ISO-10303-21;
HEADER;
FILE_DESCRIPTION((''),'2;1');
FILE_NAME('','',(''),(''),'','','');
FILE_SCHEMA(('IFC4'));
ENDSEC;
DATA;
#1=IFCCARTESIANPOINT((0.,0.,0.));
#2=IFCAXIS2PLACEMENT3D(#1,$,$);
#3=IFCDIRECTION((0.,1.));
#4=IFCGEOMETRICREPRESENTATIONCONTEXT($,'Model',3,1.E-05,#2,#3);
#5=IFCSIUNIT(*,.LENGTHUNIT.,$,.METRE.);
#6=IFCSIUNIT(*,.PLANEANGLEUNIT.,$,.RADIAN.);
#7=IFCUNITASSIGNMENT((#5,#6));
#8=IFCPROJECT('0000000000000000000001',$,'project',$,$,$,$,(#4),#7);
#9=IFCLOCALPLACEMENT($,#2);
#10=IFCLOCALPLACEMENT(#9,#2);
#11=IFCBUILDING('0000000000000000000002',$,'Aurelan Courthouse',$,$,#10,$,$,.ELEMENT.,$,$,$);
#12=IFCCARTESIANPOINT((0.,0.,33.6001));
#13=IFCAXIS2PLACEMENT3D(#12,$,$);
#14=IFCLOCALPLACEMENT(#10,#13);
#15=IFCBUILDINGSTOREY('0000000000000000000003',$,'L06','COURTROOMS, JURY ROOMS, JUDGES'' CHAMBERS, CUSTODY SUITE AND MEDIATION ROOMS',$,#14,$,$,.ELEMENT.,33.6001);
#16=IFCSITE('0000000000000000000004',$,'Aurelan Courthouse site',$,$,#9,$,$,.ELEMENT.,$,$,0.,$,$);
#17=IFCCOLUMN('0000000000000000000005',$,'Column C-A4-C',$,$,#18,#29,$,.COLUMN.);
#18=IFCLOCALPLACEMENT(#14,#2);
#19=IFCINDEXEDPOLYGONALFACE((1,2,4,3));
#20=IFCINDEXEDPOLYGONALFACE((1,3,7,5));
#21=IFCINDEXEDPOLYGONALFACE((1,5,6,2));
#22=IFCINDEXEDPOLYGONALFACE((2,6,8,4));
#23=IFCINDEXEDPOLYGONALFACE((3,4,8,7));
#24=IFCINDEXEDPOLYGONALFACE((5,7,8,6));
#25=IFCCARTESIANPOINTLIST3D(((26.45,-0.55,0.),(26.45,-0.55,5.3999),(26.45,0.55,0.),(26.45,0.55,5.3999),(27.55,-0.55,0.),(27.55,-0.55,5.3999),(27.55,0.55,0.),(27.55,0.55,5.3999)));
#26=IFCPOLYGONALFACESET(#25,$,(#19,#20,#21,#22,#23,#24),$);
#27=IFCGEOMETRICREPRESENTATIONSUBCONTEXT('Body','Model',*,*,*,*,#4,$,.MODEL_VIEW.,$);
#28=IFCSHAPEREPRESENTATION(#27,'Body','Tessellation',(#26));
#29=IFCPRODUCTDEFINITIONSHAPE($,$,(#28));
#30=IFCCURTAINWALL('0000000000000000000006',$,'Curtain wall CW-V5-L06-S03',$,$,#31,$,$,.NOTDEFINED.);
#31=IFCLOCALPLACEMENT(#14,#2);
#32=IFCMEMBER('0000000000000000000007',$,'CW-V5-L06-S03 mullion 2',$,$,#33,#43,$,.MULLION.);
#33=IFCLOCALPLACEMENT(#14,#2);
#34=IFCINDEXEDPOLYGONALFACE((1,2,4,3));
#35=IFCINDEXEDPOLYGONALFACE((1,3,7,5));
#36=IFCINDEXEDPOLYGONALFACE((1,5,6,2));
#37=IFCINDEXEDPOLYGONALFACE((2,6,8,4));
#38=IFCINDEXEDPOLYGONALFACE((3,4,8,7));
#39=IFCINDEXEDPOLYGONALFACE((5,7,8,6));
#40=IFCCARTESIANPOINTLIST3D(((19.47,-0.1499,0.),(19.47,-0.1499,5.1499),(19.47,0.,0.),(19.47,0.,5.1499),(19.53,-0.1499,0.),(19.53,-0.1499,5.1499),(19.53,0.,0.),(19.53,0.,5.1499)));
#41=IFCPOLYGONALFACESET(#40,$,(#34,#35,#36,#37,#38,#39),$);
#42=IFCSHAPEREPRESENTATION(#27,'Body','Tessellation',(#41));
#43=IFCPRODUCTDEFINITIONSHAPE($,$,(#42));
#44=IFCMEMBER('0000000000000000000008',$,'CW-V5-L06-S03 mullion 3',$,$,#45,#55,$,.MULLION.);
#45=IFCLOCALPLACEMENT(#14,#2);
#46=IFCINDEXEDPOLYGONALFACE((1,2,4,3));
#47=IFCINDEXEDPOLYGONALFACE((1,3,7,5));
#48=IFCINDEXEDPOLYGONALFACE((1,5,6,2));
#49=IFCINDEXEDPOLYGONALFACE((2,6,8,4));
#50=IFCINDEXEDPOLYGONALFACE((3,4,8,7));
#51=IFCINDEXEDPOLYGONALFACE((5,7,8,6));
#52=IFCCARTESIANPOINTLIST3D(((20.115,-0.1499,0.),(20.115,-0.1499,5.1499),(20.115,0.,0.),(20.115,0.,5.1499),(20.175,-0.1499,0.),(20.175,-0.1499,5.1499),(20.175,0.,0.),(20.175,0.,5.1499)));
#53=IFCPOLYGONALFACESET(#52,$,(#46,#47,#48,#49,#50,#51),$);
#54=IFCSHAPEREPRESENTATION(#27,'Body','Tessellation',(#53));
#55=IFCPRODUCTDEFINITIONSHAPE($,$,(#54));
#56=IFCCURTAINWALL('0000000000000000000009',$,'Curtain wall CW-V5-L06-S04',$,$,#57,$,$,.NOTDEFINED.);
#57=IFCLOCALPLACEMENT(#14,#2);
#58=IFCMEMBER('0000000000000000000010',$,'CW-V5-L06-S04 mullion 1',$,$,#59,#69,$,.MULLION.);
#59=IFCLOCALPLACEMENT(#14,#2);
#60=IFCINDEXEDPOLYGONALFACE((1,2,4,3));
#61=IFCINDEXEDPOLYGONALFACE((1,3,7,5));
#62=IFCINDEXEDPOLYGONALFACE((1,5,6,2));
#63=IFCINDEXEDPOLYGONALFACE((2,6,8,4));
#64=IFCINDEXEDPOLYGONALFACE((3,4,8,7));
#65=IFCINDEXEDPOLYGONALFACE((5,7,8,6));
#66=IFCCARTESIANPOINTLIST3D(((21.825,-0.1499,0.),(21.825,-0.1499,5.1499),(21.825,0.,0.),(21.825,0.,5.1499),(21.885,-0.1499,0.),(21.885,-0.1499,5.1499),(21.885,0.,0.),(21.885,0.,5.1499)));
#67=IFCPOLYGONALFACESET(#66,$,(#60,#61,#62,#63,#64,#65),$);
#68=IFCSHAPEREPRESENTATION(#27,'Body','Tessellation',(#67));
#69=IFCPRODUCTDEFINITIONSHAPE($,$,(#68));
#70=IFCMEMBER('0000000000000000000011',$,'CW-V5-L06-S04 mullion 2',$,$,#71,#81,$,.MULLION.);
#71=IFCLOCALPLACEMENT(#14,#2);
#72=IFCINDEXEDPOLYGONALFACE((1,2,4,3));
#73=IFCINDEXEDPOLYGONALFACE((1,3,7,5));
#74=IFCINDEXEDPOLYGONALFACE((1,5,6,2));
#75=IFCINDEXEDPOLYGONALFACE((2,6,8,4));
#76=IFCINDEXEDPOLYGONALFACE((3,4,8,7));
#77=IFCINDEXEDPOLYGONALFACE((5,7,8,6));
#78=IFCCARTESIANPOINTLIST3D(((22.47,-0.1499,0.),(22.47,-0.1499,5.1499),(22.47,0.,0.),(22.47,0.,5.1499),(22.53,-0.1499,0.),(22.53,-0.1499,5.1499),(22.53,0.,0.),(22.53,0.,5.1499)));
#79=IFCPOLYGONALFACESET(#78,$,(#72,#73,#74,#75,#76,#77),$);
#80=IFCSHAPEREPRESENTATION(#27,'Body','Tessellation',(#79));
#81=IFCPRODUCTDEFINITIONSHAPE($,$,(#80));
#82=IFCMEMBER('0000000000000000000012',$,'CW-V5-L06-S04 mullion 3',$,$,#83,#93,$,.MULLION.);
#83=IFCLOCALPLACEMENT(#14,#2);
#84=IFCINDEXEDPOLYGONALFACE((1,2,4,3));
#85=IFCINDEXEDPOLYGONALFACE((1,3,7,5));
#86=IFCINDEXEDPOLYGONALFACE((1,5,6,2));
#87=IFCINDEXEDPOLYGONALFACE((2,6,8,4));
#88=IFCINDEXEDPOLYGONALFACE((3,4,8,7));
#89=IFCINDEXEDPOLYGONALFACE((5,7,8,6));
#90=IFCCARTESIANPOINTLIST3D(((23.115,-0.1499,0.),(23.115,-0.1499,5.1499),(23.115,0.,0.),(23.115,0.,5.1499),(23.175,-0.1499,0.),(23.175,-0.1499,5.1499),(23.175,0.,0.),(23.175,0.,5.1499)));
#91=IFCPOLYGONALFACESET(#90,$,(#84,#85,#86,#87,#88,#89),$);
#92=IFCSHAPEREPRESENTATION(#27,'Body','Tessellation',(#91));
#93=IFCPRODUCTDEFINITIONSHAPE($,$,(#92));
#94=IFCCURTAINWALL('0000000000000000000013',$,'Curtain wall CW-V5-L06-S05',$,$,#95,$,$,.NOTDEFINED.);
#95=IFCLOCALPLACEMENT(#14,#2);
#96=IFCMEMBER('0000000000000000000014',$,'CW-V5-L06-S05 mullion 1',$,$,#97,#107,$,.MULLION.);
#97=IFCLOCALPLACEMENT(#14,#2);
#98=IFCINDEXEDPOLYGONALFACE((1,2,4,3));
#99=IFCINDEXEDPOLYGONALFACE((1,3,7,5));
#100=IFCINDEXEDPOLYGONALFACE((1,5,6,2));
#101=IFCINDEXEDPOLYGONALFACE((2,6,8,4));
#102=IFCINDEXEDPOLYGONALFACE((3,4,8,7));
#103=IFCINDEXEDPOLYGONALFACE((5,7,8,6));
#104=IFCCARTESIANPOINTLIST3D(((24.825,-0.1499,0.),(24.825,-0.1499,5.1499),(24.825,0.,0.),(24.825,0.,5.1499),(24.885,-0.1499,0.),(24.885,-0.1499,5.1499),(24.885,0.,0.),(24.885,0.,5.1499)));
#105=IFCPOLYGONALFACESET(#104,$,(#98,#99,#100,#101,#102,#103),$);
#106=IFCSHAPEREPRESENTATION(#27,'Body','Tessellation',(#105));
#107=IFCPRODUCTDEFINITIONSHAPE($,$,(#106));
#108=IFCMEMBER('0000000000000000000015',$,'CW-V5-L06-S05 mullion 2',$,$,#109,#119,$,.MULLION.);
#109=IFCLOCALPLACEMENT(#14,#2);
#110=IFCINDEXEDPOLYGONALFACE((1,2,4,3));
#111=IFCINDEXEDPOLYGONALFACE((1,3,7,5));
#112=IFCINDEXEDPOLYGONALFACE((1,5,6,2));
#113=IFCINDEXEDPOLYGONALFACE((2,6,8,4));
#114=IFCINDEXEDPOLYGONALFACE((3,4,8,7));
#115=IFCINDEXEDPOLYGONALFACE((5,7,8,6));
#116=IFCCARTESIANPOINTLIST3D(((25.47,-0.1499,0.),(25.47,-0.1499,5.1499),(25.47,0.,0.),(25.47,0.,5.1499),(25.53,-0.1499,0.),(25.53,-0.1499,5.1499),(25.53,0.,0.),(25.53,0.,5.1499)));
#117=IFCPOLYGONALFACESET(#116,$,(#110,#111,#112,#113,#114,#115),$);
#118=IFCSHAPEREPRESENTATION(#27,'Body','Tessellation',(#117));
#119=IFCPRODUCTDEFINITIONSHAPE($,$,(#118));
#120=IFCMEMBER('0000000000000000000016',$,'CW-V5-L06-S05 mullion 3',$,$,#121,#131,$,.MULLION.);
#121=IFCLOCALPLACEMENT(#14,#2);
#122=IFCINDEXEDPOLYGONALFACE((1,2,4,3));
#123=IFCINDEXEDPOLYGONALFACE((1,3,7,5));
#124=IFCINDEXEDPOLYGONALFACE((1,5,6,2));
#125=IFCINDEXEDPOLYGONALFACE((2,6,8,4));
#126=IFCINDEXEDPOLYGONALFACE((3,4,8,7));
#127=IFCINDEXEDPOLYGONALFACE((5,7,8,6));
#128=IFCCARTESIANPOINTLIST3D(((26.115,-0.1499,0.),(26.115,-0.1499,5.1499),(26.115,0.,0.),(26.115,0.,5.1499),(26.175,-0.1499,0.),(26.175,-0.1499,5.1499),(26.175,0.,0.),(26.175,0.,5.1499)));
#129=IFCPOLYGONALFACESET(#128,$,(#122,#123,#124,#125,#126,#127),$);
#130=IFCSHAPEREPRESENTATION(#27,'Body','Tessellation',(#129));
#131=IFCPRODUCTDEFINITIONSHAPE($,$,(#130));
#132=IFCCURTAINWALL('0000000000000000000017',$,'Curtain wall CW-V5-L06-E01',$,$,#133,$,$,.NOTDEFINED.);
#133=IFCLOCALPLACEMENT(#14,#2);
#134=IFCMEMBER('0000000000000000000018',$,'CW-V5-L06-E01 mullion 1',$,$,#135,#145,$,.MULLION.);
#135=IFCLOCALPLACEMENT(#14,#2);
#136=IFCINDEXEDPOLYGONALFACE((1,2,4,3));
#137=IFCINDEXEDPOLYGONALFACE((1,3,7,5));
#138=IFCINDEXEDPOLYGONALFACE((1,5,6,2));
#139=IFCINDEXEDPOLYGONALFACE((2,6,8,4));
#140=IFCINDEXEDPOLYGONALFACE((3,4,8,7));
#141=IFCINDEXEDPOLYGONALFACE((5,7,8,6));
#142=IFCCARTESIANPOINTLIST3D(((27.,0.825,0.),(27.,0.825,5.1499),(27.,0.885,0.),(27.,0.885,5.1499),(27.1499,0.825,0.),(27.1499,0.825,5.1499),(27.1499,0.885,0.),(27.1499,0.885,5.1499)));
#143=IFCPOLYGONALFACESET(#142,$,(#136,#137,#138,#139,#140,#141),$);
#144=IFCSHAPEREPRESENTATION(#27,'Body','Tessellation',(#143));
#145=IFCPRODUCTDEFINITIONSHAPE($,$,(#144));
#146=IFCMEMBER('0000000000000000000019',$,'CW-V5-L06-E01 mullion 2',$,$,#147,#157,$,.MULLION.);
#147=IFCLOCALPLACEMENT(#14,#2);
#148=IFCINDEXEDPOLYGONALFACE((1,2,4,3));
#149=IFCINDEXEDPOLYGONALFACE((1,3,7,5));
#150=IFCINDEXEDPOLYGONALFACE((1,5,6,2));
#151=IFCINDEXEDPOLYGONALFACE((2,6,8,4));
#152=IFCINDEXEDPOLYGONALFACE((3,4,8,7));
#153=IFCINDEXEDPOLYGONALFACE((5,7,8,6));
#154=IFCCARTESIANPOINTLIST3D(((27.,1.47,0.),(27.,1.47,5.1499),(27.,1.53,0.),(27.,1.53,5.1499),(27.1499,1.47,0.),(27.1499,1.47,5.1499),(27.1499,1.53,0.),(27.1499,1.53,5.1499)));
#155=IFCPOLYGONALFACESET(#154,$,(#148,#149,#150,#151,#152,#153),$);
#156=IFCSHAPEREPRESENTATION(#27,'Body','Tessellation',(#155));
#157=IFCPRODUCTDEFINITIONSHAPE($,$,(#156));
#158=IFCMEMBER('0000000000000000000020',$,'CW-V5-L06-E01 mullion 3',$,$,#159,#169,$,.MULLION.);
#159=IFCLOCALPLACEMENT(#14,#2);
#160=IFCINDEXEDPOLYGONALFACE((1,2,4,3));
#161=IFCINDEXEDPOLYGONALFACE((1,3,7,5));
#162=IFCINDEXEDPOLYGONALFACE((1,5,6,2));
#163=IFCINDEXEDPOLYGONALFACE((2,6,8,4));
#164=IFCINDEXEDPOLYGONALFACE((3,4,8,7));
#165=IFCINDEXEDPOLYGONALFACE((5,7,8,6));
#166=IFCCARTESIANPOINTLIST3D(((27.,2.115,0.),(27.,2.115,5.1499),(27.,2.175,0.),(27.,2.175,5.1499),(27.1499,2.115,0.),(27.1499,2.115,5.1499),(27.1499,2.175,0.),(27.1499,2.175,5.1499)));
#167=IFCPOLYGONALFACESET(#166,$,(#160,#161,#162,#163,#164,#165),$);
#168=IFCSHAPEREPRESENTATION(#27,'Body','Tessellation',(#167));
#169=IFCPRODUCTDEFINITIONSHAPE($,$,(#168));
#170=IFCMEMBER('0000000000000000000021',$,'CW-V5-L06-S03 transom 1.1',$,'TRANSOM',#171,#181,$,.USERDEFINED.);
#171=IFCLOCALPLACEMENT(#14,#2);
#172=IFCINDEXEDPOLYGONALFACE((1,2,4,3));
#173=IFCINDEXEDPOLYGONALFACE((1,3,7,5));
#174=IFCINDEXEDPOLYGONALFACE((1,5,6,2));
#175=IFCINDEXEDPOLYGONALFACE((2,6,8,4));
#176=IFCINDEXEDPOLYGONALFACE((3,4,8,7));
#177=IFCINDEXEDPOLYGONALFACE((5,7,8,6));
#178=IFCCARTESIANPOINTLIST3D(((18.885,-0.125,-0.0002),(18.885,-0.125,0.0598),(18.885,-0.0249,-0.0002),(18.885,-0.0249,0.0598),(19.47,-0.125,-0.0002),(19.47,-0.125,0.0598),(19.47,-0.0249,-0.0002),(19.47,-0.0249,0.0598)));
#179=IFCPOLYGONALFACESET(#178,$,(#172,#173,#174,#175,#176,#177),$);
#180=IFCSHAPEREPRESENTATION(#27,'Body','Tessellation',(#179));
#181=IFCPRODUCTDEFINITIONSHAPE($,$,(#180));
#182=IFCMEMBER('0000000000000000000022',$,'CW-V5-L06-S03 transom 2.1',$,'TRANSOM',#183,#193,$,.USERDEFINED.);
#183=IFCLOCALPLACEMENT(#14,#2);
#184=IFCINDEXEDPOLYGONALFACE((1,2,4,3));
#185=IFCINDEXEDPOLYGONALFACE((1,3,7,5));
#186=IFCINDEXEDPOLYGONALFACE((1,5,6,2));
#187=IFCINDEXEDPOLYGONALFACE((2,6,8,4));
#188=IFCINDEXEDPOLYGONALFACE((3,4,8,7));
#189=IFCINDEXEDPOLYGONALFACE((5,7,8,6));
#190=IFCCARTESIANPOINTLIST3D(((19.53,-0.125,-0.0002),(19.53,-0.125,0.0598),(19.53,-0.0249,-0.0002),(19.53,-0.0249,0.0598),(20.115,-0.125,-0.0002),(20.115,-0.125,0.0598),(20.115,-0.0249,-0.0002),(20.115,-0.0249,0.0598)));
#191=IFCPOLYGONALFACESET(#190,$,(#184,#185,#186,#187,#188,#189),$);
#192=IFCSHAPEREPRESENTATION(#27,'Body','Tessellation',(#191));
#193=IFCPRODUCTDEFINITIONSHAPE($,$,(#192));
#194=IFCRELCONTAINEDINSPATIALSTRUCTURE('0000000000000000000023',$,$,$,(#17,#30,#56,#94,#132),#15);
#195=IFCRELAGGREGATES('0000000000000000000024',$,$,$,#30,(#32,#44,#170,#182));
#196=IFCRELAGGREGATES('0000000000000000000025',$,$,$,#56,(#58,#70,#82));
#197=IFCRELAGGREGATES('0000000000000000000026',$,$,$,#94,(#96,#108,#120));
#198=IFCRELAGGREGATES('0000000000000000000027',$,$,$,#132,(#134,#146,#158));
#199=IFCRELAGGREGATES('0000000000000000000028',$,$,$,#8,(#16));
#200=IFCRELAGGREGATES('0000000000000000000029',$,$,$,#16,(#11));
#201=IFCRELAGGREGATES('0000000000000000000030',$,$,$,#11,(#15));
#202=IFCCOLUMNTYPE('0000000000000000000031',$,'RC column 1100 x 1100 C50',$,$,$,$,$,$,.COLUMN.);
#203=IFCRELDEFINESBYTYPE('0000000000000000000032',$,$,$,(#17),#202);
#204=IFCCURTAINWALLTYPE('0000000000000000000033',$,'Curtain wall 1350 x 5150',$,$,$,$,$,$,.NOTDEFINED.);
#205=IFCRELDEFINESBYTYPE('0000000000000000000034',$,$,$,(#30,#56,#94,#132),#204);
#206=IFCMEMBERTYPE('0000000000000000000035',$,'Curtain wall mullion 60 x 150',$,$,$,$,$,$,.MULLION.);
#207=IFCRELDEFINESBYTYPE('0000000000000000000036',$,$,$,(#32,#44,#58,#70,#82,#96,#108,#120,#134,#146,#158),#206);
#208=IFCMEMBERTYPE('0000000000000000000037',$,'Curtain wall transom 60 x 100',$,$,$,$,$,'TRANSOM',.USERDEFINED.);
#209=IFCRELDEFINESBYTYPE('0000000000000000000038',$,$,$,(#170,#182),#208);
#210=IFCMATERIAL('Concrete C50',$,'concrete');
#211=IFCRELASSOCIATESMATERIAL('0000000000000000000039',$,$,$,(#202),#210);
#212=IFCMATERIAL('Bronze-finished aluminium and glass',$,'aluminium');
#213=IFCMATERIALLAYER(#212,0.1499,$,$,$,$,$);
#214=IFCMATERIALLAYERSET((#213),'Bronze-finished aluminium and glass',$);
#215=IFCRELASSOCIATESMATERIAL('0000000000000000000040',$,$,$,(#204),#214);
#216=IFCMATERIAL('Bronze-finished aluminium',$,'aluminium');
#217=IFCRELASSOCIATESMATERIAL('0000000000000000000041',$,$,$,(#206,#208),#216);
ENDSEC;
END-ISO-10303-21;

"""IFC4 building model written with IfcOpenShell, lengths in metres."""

from ifc_helpers import new_model, si_unit, direction, frame, origin, origin_2d, place, context, subcontext, project, spatial, rectangle, extrude, material, layer, layer_set, material_profile, profile_set, type_object, element, aggregate, save


model = new_model("IFC4")

# Units and contexts
model_context = context("Model", 3, precision=1e-05, world=origin(), true_north=direction((0.0, 1.0)))
body_context = subcontext(model_context, "Body", "Model", "MODEL_VIEW")
ifc_project = project(units=[si_unit("LENGTHUNIT", "METRE"), si_unit("PLANEANGLEUNIT", "RADIAN")], contexts=[model_context])

# Site, building, storey
site_placement = place(None, origin())
site = spatial("IfcSite", under=ifc_project, at=site_placement, Name="Aurelan Courthouse site", CompositionType="ELEMENT", RefElevation=0.0)
building_placement = place(site_placement, origin())
building = spatial("IfcBuilding", under=site, at=building_placement, Name="Aurelan Courthouse", CompositionType="ELEMENT")
storey_placement = place(building_placement, frame((0.0, 0.0, 33.6001)))
storey = spatial("IfcBuildingStorey", under=building, at=storey_placement, Name="L06", Description="COURTROOMS, JURY ROOMS, JUDGES' CHAMBERS, CUSTODY SUITE AND MEDIATION ROOMS", CompositionType="ELEMENT", Elevation=33.6001)

# Column
ifc_material_1 = material(Name="Concrete C50", Category="concrete")
ifc_material_profile_1 = material_profile(ifc_material_1, rectangle(XDim=1.1001, YDim=1.1001, at=origin_2d()), Name="RC 1100 x 1100")
ifc_profile_set_1 = profile_set([ifc_material_profile_1], Name="Concrete C50")
column_type = type_object("IfcColumnType", Name="RC column 1100 x 1100 C50", PredefinedType="COLUMN", material=ifc_profile_set_1)
column_placement = place(storey_placement, frame((27.0, 0.0, 0.0), z_axis=(0.0, 0.0, 1.0), x_axis=(1.0, 0.0, 0.0)))
element("IfcColumn", 1, at=column_placement, inside=storey, type_object=column_type, Name="Column C-A4-C", PredefinedType="COLUMN", context=body_context, shape_type="SweptSolid", body=[
    extrude(rectangle(XDim=1.1001, YDim=1.1001, at=origin_2d()), origin(), (0.0, 0.0, 1.0), 5.3999),
])

# Curtain walls, members
ifc_material_2 = material(Name="Bronze-finished aluminium and glass", Category="aluminium")
ifc_layer_1 = layer(ifc_material_2, 0.1499)
ifc_layer_set_1 = layer_set([ifc_layer_1], Name="Bronze-finished aluminium and glass")
curtain_wall_type = type_object("IfcCurtainWallType", Name="Curtain wall 1350 x 5150", PredefinedType="NOTDEFINED", material=ifc_layer_set_1)
curtain_wall_1_placement = place(storey_placement, origin())
curtain_wall_1 = element("IfcCurtainWall", 2, at=curtain_wall_1_placement, inside=storey, type_object=curtain_wall_type, Name="Curtain wall CW-V5-L06-S03", PredefinedType="NOTDEFINED")
ifc_material_3 = material(Name="Bronze-finished aluminium", Category="aluminium")
ifc_material_profile_2 = material_profile(ifc_material_3, rectangle(XDim=0.1499, YDim=0.0601, at=origin_2d()), Name="Bronze mullion 60 x 150")
ifc_profile_set_2 = profile_set([ifc_material_profile_2], Name="Bronze-finished aluminium")
member_type_1 = type_object("IfcMemberType", Name="Curtain wall mullion 60 x 150", PredefinedType="MULLION", material=ifc_profile_set_2)
member_1_placement = place(storey_placement, frame((19.5, -0.075, 0.0), z_axis=(0.0, 0.0, 1.0), x_axis=(0.0, 1.0, 0.0)))
member_1 = element("IfcMember", 3, at=member_1_placement, type_object=member_type_1, Name="CW-V5-L06-S03 mullion 2", PredefinedType="MULLION", context=body_context, shape_type="SweptSolid", body=[
    extrude(rectangle(XDim=0.1499, YDim=0.0601, at=origin_2d()), origin(), (0.0, 0.0, 1.0), 5.1499),
])
member_2_placement = place(storey_placement, frame((20.145, -0.075, 0.0), z_axis=(0.0, 0.0, 1.0), x_axis=(0.0, 1.0, 0.0)))
member_2 = element("IfcMember", 4, at=member_2_placement, type_object=member_type_1, Name="CW-V5-L06-S03 mullion 3", PredefinedType="MULLION", context=body_context, shape_type="SweptSolid", body=[
    extrude(rectangle(XDim=0.1499, YDim=0.0601, at=origin_2d()), origin(), (0.0, 0.0, 1.0), 5.1499),
])
curtain_wall_2_placement = place(storey_placement, origin())
curtain_wall_2 = element("IfcCurtainWall", 5, at=curtain_wall_2_placement, inside=storey, type_object=curtain_wall_type, Name="Curtain wall CW-V5-L06-S04", PredefinedType="NOTDEFINED")
member_3_placement = place(storey_placement, frame((21.855, -0.075, 0.0), z_axis=(0.0, 0.0, 1.0), x_axis=(0.0, 1.0, 0.0)))
member_3 = element("IfcMember", 6, at=member_3_placement, type_object=member_type_1, Name="CW-V5-L06-S04 mullion 1", PredefinedType="MULLION", context=body_context, shape_type="SweptSolid", body=[
    extrude(rectangle(XDim=0.1499, YDim=0.0601, at=origin_2d()), origin(), (0.0, 0.0, 1.0), 5.1499),
])
member_4_placement = place(storey_placement, frame((22.5, -0.075, 0.0), z_axis=(0.0, 0.0, 1.0), x_axis=(0.0, 1.0, 0.0)))
member_4 = element("IfcMember", 7, at=member_4_placement, type_object=member_type_1, Name="CW-V5-L06-S04 mullion 2", PredefinedType="MULLION", context=body_context, shape_type="SweptSolid", body=[
    extrude(rectangle(XDim=0.1499, YDim=0.0601, at=origin_2d()), origin(), (0.0, 0.0, 1.0), 5.1499),
])
member_5_placement = place(storey_placement, frame((23.145, -0.075, 0.0), z_axis=(0.0, 0.0, 1.0), x_axis=(0.0, 1.0, 0.0)))
member_5 = element("IfcMember", 8, at=member_5_placement, type_object=member_type_1, Name="CW-V5-L06-S04 mullion 3", PredefinedType="MULLION", context=body_context, shape_type="SweptSolid", body=[
    extrude(rectangle(XDim=0.1499, YDim=0.0601, at=origin_2d()), origin(), (0.0, 0.0, 1.0), 5.1499),
])
curtain_wall_3_placement = place(storey_placement, origin())
curtain_wall_3 = element("IfcCurtainWall", 9, at=curtain_wall_3_placement, inside=storey, type_object=curtain_wall_type, Name="Curtain wall CW-V5-L06-S05", PredefinedType="NOTDEFINED")
member_6_placement = place(storey_placement, frame((24.855, -0.075, 0.0), z_axis=(0.0, 0.0, 1.0), x_axis=(0.0, 1.0, 0.0)))
member_6 = element("IfcMember", 10, at=member_6_placement, type_object=member_type_1, Name="CW-V5-L06-S05 mullion 1", PredefinedType="MULLION", context=body_context, shape_type="SweptSolid", body=[
    extrude(rectangle(XDim=0.1499, YDim=0.0601, at=origin_2d()), origin(), (0.0, 0.0, 1.0), 5.1499),
])
member_7_placement = place(storey_placement, frame((25.5, -0.075, 0.0), z_axis=(0.0, 0.0, 1.0), x_axis=(0.0, 1.0, 0.0)))
member_7 = element("IfcMember", 11, at=member_7_placement, type_object=member_type_1, Name="CW-V5-L06-S05 mullion 2", PredefinedType="MULLION", context=body_context, shape_type="SweptSolid", body=[
    extrude(rectangle(XDim=0.1499, YDim=0.0601, at=origin_2d()), origin(), (0.0, 0.0, 1.0), 5.1499),
])
member_8_placement = place(storey_placement, frame((26.145, -0.075, 0.0), z_axis=(0.0, 0.0, 1.0), x_axis=(0.0, 1.0, 0.0)))
member_8 = element("IfcMember", 12, at=member_8_placement, type_object=member_type_1, Name="CW-V5-L06-S05 mullion 3", PredefinedType="MULLION", context=body_context, shape_type="SweptSolid", body=[
    extrude(rectangle(XDim=0.1499, YDim=0.0601, at=origin_2d()), origin(), (0.0, 0.0, 1.0), 5.1499),
])
curtain_wall_4_placement = place(storey_placement, origin())
curtain_wall_4 = element("IfcCurtainWall", 13, at=curtain_wall_4_placement, inside=storey, type_object=curtain_wall_type, Name="Curtain wall CW-V5-L06-E01", PredefinedType="NOTDEFINED")
member_9_placement = place(storey_placement, frame((27.075, 0.855, 0.0), z_axis=(0.0, 0.0, 1.0), x_axis=(-1.0, 0.0, 0.0)))
member_9 = element("IfcMember", 14, at=member_9_placement, type_object=member_type_1, Name="CW-V5-L06-E01 mullion 1", PredefinedType="MULLION", context=body_context, shape_type="SweptSolid", body=[
    extrude(rectangle(XDim=0.1499, YDim=0.0601, at=origin_2d()), origin(), (0.0, 0.0, 1.0), 5.1499),
])
member_10_placement = place(storey_placement, frame((27.075, 1.5, 0.0), z_axis=(0.0, 0.0, 1.0), x_axis=(-1.0, 0.0, 0.0)))
member_10 = element("IfcMember", 15, at=member_10_placement, type_object=member_type_1, Name="CW-V5-L06-E01 mullion 2", PredefinedType="MULLION", context=body_context, shape_type="SweptSolid", body=[
    extrude(rectangle(XDim=0.1499, YDim=0.0601, at=origin_2d()), origin(), (0.0, 0.0, 1.0), 5.1499),
])
member_11_placement = place(storey_placement, frame((27.075, 2.145, 0.0), z_axis=(0.0, 0.0, 1.0), x_axis=(-1.0, 0.0, 0.0)))
member_11 = element("IfcMember", 16, at=member_11_placement, type_object=member_type_1, Name="CW-V5-L06-E01 mullion 3", PredefinedType="MULLION", context=body_context, shape_type="SweptSolid", body=[
    extrude(rectangle(XDim=0.1499, YDim=0.0601, at=origin_2d()), origin(), (0.0, 0.0, 1.0), 5.1499),
])

# Members
ifc_material_profile_3 = material_profile(ifc_material_3, rectangle(XDim=0.1001, YDim=0.0601, at=origin_2d()), Name="Bronze transom 60 x 100")
ifc_profile_set_3 = profile_set([ifc_material_profile_3], Name="Bronze-finished aluminium")
member_type_2 = type_object("IfcMemberType", Name="Curtain wall transom 60 x 100", ElementType="TRANSOM", PredefinedType="USERDEFINED", material=ifc_profile_set_3)
member_12_placement = place(storey_placement, frame((18.885, -0.075, 0.0298), z_axis=(1.0, 0.0, 0.0), x_axis=(0.0, 1.0, 0.0)))
member_12 = element("IfcMember", 17, at=member_12_placement, type_object=member_type_2, Name="CW-V5-L06-S03 transom 1.1", ObjectType="TRANSOM", PredefinedType="USERDEFINED", context=body_context, shape_type="SweptSolid", body=[
    extrude(rectangle(XDim=0.1001, YDim=0.0601, at=origin_2d()), origin(), (0.0, 0.0, 1.0), 0.585),
])
member_13_placement = place(storey_placement, frame((19.53, -0.075, 0.0298), z_axis=(1.0, 0.0, 0.0), x_axis=(0.0, 1.0, 0.0)))
member_13 = element("IfcMember", 18, at=member_13_placement, type_object=member_type_2, Name="CW-V5-L06-S03 transom 2.1", ObjectType="TRANSOM", PredefinedType="USERDEFINED", context=body_context, shape_type="SweptSolid", body=[
    extrude(rectangle(XDim=0.1001, YDim=0.0601, at=origin_2d()), origin(), (0.0, 0.0, 1.0), 0.585),
])
aggregate(curtain_wall_1, [member_1, member_2, member_12, member_13])
aggregate(curtain_wall_2, [member_3, member_4, member_5])
aggregate(curtain_wall_3, [member_6, member_7, member_8])
aggregate(curtain_wall_4, [member_9, member_10, member_11])

save(model, "model.ifc")
